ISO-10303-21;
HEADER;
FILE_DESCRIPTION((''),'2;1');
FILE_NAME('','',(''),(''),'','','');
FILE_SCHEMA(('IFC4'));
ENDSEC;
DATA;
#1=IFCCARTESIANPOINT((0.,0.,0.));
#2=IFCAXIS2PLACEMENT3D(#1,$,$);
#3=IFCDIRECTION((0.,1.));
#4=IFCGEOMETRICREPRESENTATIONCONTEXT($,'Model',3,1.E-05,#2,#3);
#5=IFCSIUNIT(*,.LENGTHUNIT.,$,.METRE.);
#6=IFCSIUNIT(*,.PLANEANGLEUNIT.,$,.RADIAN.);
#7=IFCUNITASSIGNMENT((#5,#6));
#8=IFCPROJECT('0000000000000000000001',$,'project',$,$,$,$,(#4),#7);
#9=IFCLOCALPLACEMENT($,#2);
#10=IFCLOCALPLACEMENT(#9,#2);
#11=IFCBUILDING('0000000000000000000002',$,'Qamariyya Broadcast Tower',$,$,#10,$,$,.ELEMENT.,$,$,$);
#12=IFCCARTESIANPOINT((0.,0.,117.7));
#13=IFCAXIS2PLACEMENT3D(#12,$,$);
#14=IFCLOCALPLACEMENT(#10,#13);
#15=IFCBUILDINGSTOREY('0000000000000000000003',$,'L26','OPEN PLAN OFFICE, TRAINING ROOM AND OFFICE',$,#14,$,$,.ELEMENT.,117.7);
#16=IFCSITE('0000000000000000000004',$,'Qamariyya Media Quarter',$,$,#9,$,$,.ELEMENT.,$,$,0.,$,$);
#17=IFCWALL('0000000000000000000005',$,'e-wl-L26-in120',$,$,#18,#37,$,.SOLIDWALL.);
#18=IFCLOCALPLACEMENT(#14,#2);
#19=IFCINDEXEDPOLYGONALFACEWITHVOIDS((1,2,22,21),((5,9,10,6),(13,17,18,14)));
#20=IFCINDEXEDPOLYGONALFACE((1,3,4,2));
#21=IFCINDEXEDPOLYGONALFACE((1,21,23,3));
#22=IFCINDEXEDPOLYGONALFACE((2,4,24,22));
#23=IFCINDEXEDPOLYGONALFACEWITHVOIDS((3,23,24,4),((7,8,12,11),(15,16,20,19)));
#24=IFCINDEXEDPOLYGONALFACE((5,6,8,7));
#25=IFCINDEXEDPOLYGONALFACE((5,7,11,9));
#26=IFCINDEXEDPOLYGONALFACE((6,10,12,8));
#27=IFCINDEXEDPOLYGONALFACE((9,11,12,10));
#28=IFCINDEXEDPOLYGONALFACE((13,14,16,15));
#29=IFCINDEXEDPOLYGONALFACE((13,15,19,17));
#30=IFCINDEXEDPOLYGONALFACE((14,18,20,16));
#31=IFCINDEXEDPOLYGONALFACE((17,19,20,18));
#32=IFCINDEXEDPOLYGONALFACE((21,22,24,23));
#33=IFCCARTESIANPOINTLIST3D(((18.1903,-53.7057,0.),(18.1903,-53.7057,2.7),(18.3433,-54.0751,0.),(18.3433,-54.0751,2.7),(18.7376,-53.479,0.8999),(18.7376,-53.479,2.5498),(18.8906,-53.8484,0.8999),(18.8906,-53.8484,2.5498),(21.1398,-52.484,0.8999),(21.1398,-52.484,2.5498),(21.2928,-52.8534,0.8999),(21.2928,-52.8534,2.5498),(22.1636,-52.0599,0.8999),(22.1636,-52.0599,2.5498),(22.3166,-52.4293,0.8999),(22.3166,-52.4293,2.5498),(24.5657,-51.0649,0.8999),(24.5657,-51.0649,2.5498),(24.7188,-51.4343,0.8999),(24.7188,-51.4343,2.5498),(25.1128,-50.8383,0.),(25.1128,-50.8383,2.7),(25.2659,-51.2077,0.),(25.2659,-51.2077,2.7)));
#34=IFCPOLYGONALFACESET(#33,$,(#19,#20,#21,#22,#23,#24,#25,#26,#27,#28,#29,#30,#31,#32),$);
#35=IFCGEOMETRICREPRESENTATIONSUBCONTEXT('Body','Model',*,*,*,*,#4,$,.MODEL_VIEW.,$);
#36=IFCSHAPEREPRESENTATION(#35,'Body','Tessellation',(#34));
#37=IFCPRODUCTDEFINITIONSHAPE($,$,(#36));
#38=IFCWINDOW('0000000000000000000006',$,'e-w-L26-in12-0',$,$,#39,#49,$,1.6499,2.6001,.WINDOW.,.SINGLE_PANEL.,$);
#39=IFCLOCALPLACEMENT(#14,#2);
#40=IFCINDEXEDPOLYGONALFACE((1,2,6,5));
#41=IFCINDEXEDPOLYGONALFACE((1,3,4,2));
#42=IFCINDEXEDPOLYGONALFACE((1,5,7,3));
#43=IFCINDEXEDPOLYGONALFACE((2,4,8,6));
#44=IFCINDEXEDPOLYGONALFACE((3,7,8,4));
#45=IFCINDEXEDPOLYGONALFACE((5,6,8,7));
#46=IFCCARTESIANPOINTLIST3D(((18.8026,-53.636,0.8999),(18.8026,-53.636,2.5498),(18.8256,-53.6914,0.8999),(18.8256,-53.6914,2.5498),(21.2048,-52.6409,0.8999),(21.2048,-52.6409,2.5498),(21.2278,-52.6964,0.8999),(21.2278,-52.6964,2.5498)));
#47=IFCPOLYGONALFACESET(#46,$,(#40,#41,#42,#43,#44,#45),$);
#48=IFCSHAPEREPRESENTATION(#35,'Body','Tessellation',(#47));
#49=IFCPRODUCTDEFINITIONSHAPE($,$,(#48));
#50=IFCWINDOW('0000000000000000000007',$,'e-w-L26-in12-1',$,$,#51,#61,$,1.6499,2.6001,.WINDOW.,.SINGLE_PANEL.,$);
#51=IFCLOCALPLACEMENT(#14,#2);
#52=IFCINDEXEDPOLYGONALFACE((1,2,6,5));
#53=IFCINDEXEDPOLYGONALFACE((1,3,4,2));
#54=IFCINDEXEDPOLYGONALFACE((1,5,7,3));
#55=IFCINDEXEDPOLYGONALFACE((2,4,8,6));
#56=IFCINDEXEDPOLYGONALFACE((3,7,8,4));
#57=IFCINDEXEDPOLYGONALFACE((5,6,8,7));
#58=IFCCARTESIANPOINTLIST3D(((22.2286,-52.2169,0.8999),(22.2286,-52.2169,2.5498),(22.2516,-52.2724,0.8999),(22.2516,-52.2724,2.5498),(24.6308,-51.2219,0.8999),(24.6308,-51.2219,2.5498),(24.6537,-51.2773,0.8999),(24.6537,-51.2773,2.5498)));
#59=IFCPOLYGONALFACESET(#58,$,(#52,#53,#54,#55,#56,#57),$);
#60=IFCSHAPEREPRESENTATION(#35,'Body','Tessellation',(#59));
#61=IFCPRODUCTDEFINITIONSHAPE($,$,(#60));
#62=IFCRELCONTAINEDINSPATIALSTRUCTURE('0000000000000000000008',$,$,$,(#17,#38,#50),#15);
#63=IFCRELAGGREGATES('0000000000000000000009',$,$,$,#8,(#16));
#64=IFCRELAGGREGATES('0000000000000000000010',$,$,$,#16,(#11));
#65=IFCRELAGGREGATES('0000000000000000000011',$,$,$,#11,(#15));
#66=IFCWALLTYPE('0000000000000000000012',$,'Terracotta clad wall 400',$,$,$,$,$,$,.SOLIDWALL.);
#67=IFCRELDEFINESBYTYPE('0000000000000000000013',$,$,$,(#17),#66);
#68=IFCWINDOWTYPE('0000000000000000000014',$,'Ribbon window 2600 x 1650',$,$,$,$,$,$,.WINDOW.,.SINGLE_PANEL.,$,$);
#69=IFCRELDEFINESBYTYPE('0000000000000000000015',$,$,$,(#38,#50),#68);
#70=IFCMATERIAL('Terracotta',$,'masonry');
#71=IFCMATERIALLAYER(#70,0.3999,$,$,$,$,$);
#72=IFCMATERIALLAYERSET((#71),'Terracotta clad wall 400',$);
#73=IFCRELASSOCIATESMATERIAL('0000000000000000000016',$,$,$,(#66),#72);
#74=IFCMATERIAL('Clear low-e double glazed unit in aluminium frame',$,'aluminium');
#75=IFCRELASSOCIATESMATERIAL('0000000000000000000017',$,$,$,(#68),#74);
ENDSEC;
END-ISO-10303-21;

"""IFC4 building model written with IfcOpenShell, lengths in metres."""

from ifc_helpers import new_model, si_unit, direction, frame, frame_2d, origin, place, context, subcontext, project, spatial, rectangle, extrude, material, layer, layer_set, type_object, element, fill, save


model = new_model("IFC4")

# Units and contexts
model_context = context("Model", 3, precision=1e-05, world=origin(), true_north=direction((0.0, 1.0)))
body_context = subcontext(model_context, "Body", "Model", "MODEL_VIEW")
ifc_project = project(units=[si_unit("LENGTHUNIT", "METRE"), si_unit("PLANEANGLEUNIT", "RADIAN")], contexts=[model_context])

# Site, building, storey
site_placement = place(None, origin())
site = spatial("IfcSite", under=ifc_project, at=site_placement, Name="Qamariyya Media Quarter", CompositionType="ELEMENT", RefElevation=0.0)
building_placement = place(site_placement, origin())
building = spatial("IfcBuilding", under=site, at=building_placement, Name="Qamariyya Broadcast Tower", CompositionType="ELEMENT")
storey_placement = place(building_placement, frame((0.0, 0.0, 117.7)))
storey = spatial("IfcBuildingStorey", under=building, at=storey_placement, Name="L26", Description="OPEN PLAN OFFICE, TRAINING ROOM AND OFFICE", CompositionType="ELEMENT", Elevation=117.7)

# Wall, openings, windows
ifc_material_1 = material(Name="Terracotta", Category="masonry")
ifc_layer_1 = layer(ifc_material_1, 0.3999)
ifc_layer_set_1 = layer_set([ifc_layer_1], Name="Terracotta clad wall 400")
wall_type_1 = type_object("IfcWallType", Name="Terracotta clad wall 400", PredefinedType="SOLIDWALL", material=ifc_layer_set_1)
ifc_material_2 = material(Name="Clear low-e double glazed unit in aluminium frame", Category="aluminium")
window_type = type_object("IfcWindowType", Name="Ribbon window 2600 x 1650", PartitioningType="SINGLE_PANEL", PredefinedType="WINDOW", material=ifc_material_2)
wall_1_placement = place(storey_placement, frame((25.1895, -51.0229, 0.0), z_axis=(0.0, 0.0, 1.0), x_axis=(-0.92388, -0.382683, 0.0)))
wall_1 = element("IfcWall", 1, at=wall_1_placement, inside=storey, type_object=wall_type_1, Name="e-wl-L26-in120", PredefinedType="SOLIDWALL", context=body_context, shape_type="SweptSolid", body=[
    extrude(rectangle(XDim=7.4929, YDim=0.3999, at=frame_2d((3.7466, 0.0))), origin(), (0.0, 0.0, 1.0), 2.7),
])
opening_1_placement = place(wall_1_placement, frame((4.3005, 0.0, 0.8999)))
opening_1 = element("IfcOpeningElement", 2, at=opening_1_placement, cuts=wall_1, PredefinedType="OPENING", context=body_context, shape_type="SweptSolid", body=[
    extrude(rectangle(XDim=2.6001, YDim=1.6499, at=frame_2d((1.3, 0.825))), frame((0.0, 0.21, 0.0), z_axis=(0.0, -1.0, 0.0), x_axis=(1.0, 0.0, 0.0)), (0.0, 0.0, 1.0), 0.4199),
])
opening_2_placement = place(wall_1_placement, frame((0.5923, 0.0, 0.8999)))
opening_2 = element("IfcOpeningElement", 3, at=opening_2_placement, cuts=wall_1, PredefinedType="OPENING", context=body_context, shape_type="SweptSolid", body=[
    extrude(rectangle(XDim=2.6001, YDim=1.6499, at=frame_2d((1.3, 0.825))), frame((0.0, 0.21, 0.0), z_axis=(0.0, -1.0, 0.0), x_axis=(1.0, 0.0, 0.0)), (0.0, 0.0, 1.0), 0.4199),
])
window_1_placement = place(opening_1_placement, origin())
window_1 = element("IfcWindow", 4, at=window_1_placement, inside=storey, type_object=window_type, Name="e-w-L26-in12-0", OverallHeight=1.6499, OverallWidth=2.6001, PartitioningType="SINGLE_PANEL", PredefinedType="WINDOW", context=body_context, shape_type="SweptSolid", body=[
    extrude(rectangle(XDim=2.6001, YDim=1.6499, at=frame_2d((1.3, 0.825))), frame((0.0, 0.03, 0.0), z_axis=(0.0, -1.0, 0.0), x_axis=(1.0, 0.0, 0.0)), (0.0, 0.0, 1.0), 0.0601),
])
fill(opening_1, window_1)
window_2_placement = place(opening_2_placement, origin())
window_2 = element("IfcWindow", 5, at=window_2_placement, inside=storey, type_object=window_type, Name="e-w-L26-in12-1", OverallHeight=1.6499, OverallWidth=2.6001, PartitioningType="SINGLE_PANEL", PredefinedType="WINDOW", context=body_context, shape_type="SweptSolid", body=[
    extrude(rectangle(XDim=2.6001, YDim=1.6499, at=frame_2d((1.3, 0.825))), frame((0.0, 0.03, 0.0), z_axis=(0.0, -1.0, 0.0), x_axis=(1.0, 0.0, 0.0)), (0.0, 0.0, 1.0), 0.0601),
])
fill(opening_2, window_2)

save(model, "model.ifc")
